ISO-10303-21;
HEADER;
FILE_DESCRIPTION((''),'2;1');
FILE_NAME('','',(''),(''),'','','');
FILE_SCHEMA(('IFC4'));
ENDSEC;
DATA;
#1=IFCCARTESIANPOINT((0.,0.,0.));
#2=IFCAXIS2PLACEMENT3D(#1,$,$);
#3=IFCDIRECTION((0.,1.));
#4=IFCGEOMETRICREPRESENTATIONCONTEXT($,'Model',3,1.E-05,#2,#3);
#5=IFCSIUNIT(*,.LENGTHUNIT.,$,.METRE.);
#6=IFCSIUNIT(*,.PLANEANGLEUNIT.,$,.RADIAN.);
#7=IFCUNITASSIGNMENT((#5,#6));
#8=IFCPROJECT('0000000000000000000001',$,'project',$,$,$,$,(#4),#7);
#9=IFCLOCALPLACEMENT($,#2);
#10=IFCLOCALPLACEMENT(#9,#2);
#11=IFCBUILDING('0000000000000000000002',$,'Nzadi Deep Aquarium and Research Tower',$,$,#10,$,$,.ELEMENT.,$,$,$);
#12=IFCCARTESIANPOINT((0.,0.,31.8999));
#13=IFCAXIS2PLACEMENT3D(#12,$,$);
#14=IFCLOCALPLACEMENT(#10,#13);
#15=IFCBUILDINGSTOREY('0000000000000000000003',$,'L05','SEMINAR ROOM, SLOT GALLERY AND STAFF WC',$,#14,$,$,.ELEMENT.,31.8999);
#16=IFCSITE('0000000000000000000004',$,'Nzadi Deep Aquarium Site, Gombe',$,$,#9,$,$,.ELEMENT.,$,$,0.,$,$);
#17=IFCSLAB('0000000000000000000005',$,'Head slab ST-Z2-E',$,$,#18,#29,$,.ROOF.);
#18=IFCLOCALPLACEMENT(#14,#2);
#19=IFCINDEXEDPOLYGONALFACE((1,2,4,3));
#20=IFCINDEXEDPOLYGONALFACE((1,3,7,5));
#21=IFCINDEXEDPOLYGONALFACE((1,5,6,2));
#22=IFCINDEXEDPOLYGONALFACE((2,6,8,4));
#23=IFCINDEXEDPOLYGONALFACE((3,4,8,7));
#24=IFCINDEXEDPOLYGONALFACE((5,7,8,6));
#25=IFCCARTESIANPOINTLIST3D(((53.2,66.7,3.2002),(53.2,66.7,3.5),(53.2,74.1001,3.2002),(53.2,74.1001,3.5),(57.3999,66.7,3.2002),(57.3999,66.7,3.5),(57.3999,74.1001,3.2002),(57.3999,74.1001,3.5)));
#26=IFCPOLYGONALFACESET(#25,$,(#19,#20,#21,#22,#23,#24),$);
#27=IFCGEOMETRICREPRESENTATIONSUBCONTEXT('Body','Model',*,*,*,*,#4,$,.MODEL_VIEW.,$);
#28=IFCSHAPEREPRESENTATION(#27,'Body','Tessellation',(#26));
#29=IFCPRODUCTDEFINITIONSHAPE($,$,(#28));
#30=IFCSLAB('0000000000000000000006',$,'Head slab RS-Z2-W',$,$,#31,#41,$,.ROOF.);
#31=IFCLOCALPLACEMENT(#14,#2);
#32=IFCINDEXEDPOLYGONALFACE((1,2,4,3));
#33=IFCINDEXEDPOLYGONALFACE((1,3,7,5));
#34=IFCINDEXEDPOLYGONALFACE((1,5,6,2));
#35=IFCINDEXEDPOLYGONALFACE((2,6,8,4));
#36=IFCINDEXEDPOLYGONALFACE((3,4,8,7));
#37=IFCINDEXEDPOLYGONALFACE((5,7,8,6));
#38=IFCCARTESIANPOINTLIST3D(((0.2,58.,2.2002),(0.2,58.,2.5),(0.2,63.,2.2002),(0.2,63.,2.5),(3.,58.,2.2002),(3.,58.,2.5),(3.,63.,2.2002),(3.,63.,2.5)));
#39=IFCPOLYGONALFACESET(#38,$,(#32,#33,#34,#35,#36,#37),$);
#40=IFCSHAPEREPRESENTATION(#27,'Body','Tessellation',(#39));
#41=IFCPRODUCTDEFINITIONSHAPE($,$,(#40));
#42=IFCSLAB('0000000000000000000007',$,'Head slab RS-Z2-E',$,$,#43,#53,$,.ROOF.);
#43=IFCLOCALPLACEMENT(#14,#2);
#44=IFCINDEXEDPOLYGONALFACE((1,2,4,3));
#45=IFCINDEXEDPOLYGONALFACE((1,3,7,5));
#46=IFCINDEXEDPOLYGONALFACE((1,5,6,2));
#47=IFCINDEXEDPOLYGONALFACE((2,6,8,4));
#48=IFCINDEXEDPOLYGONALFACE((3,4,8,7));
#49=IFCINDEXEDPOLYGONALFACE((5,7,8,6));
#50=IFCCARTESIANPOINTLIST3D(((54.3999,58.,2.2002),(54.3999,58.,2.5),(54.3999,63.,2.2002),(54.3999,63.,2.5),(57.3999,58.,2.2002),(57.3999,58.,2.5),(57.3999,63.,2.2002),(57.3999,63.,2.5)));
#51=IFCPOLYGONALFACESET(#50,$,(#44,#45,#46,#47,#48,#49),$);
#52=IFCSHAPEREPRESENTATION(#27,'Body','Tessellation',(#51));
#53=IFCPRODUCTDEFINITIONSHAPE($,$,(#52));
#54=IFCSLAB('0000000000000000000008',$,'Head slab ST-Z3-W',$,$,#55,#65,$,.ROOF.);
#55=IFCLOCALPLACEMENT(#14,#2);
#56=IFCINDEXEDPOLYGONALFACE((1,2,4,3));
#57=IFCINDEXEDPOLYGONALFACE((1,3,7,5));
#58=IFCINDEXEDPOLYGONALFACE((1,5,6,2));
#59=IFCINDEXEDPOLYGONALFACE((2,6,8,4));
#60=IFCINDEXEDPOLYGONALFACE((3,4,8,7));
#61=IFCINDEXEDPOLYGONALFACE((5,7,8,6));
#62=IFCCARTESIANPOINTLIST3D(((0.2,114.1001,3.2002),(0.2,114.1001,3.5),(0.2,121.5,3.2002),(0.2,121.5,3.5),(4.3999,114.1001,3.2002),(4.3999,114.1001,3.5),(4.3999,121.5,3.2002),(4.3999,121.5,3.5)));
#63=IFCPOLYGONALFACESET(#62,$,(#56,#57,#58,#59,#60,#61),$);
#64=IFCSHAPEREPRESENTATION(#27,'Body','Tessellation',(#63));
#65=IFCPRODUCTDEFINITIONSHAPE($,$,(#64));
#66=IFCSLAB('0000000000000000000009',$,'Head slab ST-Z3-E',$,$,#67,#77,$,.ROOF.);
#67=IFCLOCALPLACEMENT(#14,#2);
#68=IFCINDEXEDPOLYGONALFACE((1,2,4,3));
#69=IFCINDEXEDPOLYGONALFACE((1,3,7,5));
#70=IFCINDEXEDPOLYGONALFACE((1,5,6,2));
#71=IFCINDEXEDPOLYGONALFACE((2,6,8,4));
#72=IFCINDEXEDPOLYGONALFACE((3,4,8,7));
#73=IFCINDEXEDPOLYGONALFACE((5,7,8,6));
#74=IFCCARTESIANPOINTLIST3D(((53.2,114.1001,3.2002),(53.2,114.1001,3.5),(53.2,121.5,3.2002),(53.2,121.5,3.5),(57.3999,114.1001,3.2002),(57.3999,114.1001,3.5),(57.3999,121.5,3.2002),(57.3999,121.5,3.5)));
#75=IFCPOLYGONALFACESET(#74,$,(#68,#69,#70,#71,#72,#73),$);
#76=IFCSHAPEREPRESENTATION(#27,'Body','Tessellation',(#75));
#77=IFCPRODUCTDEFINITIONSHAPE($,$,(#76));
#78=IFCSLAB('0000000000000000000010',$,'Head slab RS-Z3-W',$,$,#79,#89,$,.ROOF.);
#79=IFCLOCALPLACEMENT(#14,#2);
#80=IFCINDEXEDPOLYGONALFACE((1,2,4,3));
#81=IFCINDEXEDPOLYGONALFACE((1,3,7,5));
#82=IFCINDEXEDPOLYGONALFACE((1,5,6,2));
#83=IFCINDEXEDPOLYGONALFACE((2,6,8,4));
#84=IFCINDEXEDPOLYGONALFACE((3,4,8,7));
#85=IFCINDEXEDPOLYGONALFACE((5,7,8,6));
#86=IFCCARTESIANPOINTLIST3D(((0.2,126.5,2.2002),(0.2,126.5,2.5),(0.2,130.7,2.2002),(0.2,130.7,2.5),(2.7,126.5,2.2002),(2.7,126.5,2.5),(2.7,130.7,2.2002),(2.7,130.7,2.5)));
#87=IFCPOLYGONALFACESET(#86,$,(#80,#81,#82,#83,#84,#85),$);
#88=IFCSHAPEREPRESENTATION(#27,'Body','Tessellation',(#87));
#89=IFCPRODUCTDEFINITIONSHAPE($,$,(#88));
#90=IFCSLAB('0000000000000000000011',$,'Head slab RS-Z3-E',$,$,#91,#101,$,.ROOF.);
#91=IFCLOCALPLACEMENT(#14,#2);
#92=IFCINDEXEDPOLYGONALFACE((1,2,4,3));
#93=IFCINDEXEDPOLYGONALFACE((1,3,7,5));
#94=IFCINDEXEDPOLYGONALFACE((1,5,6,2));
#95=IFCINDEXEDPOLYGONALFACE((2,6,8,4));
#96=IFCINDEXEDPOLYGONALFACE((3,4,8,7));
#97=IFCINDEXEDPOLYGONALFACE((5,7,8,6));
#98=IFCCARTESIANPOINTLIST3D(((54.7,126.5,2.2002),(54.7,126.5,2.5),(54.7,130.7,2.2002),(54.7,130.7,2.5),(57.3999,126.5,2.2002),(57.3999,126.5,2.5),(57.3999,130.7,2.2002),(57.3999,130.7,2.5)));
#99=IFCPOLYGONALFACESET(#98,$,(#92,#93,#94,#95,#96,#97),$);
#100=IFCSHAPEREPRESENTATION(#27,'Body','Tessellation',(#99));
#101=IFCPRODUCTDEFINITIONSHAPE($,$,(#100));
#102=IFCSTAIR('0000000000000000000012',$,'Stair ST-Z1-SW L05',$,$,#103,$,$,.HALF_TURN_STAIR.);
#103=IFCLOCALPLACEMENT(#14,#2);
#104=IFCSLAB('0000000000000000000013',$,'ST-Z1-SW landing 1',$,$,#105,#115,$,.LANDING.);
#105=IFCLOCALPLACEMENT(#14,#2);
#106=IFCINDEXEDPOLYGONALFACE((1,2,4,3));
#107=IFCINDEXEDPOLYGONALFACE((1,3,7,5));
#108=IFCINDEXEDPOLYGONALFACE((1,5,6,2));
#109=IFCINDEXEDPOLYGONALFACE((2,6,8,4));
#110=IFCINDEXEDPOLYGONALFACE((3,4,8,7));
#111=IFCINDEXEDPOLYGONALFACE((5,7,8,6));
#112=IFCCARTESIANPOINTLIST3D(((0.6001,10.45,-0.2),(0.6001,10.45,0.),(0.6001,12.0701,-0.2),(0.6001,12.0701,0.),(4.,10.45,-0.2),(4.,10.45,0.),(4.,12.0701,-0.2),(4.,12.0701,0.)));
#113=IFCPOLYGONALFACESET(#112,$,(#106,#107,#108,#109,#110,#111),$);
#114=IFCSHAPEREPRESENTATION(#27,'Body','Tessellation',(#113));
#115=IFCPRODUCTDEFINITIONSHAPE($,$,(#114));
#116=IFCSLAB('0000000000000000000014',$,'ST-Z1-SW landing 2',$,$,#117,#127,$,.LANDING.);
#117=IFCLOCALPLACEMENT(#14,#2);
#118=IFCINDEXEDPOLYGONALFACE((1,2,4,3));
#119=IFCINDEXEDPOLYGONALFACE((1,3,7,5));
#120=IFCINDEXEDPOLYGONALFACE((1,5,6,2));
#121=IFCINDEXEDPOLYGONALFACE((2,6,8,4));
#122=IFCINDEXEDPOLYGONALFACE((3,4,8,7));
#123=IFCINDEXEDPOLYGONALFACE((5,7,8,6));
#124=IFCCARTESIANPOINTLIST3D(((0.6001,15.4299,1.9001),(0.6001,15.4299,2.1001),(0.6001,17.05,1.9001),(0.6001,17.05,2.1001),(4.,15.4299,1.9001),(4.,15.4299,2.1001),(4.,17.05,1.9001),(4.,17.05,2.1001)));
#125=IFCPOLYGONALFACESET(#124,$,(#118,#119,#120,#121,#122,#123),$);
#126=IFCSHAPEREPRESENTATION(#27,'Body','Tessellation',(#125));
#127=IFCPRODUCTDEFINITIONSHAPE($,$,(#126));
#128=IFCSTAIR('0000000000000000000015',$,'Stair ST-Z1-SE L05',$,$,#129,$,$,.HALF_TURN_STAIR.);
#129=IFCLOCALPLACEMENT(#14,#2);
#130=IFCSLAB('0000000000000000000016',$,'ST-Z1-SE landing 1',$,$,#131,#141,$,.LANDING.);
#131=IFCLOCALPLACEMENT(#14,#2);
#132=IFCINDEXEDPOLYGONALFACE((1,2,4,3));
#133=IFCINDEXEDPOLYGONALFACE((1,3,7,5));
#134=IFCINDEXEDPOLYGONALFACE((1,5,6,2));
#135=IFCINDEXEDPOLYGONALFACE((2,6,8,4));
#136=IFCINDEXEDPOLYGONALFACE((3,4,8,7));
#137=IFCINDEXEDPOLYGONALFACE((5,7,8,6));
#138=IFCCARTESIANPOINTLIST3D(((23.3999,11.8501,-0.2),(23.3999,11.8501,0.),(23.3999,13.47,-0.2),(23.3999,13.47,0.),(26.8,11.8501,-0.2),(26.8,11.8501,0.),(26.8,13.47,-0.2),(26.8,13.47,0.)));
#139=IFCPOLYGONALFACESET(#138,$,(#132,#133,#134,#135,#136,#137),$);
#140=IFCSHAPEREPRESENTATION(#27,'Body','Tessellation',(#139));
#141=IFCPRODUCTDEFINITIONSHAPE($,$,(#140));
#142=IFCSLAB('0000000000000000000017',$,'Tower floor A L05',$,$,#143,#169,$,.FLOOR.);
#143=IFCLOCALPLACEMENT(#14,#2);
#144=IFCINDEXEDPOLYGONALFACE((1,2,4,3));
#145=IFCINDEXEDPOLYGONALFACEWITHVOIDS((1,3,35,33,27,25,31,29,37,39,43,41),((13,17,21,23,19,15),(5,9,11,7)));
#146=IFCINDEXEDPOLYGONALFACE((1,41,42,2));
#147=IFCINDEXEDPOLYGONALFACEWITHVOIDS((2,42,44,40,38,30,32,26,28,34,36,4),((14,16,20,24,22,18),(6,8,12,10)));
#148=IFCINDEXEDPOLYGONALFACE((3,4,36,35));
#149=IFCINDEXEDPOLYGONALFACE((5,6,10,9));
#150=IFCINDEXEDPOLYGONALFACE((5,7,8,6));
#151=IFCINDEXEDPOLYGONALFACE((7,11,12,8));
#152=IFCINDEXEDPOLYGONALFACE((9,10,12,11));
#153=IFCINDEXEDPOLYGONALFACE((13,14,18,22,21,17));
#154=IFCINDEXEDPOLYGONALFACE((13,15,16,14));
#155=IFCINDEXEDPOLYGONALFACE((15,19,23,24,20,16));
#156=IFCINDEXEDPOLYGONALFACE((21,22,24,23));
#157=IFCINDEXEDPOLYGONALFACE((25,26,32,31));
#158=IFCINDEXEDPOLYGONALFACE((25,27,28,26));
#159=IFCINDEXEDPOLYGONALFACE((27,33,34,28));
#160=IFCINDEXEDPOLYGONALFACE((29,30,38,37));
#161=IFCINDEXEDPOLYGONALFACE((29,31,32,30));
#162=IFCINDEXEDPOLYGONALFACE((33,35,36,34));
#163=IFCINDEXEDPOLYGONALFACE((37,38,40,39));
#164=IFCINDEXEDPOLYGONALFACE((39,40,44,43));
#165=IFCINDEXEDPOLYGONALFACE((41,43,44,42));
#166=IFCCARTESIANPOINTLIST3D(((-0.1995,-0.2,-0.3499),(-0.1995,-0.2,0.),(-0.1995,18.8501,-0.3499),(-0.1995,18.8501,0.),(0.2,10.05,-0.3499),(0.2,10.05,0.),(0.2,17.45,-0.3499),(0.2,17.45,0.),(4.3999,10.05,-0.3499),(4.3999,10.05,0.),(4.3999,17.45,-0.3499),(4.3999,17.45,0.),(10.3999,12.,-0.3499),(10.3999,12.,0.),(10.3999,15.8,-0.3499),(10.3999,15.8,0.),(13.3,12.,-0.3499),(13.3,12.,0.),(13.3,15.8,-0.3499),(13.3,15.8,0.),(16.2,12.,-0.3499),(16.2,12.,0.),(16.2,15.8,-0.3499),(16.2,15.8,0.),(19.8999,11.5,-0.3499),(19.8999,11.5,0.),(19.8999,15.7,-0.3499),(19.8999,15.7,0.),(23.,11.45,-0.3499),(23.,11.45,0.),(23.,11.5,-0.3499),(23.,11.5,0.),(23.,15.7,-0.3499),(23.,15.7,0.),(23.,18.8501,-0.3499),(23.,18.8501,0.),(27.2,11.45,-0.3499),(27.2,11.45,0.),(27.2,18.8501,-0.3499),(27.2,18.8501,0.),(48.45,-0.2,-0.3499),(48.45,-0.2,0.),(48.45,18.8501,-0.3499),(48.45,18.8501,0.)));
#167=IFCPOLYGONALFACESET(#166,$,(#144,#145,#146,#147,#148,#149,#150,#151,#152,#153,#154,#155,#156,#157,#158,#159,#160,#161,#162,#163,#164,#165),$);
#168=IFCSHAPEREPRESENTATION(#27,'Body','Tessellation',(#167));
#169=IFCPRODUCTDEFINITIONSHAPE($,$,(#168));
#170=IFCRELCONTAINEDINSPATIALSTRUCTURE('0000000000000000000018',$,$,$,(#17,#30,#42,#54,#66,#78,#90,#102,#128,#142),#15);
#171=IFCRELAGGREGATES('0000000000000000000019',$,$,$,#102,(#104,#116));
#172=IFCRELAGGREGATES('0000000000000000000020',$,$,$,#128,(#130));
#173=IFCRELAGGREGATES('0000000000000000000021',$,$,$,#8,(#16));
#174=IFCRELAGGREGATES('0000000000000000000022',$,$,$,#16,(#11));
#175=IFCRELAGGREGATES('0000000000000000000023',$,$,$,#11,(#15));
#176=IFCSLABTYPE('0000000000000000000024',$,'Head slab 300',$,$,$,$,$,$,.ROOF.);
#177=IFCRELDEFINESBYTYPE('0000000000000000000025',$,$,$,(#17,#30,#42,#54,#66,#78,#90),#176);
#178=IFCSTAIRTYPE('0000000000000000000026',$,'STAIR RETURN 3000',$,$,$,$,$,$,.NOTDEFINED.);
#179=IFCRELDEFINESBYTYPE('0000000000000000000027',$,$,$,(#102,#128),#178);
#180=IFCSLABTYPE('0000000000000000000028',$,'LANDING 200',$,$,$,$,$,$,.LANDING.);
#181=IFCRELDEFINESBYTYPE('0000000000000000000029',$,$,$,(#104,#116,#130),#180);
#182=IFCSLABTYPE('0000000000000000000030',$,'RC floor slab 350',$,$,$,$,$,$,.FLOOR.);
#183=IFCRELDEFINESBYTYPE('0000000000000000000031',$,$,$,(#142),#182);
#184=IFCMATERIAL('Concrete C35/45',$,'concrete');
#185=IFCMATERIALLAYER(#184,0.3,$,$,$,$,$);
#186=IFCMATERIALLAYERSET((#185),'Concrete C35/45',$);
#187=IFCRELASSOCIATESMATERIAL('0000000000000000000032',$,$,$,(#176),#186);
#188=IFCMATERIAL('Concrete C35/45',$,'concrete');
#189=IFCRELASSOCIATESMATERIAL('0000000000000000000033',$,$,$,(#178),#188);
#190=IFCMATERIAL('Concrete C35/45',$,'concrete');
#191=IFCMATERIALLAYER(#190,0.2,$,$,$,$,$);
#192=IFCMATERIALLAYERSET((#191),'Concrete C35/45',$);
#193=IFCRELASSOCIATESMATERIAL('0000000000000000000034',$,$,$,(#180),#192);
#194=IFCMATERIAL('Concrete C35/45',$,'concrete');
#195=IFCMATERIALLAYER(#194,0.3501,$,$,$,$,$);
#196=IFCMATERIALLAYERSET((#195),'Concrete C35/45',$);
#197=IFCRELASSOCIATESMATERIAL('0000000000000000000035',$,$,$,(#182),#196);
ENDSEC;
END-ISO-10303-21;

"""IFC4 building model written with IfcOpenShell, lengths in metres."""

from ifc_helpers import new_model, si_unit, direction, frame, origin, place, context, subcontext, project, spatial, polyline, outline, extrude, material, layer, layer_set, type_object, element, aggregate, save


model = new_model("IFC4")

# Units and contexts
model_context = context("Model", 3, precision=1e-05, world=origin(), true_north=direction((0.0, 1.0)))
body_context = subcontext(model_context, "Body", "Model", "MODEL_VIEW")
ifc_project = project(units=[si_unit("LENGTHUNIT", "METRE"), si_unit("PLANEANGLEUNIT", "RADIAN")], contexts=[model_context])

# Site, building, storey
site_placement = place(None, origin())
site = spatial("IfcSite", under=ifc_project, at=site_placement, Name="Nzadi Deep Aquarium Site, Gombe", CompositionType="ELEMENT", RefElevation=0.0)
building_placement = place(site_placement, origin())
building = spatial("IfcBuilding", under=site, at=building_placement, Name="Nzadi Deep Aquarium and Research Tower", CompositionType="ELEMENT")
storey_placement = place(building_placement, frame((0.0, 0.0, 31.8999)))
storey = spatial("IfcBuildingStorey", under=building, at=storey_placement, Name="L05", Description="SEMINAR ROOM, SLOT GALLERY AND STAFF WC", CompositionType="ELEMENT", Elevation=31.8999)

# Slabs
ifc_material_1 = material(Name="Concrete C35/45", Category="concrete")
ifc_layer_1 = layer(ifc_material_1, 0.3)
ifc_layer_set_1 = layer_set([ifc_layer_1], Name="Concrete C35/45")
slab_type_1 = type_object("IfcSlabType", Name="Head slab 300", PredefinedType="ROOF", material=ifc_layer_set_1)
slab_1_placement = place(storey_placement, frame((0.0, 0.0, 3.2002)))
element("IfcSlab", 1, at=slab_1_placement, inside=storey, type_object=slab_type_1, Name="Head slab ST-Z2-E", PredefinedType="ROOF", context=body_context, shape_type="SweptSolid", body=[
    extrude(outline(polyline([(57.3999, 66.7), (57.3999, 74.1001), (53.2, 74.1001), (53.2, 66.7), (57.3999, 66.7)])), origin(), (0.0, 0.0, 1.0), 0.2998),
])
slab_2_placement = place(storey_placement, frame((0.0, 0.0, 2.2002)))
element("IfcSlab", 2, at=slab_2_placement, inside=storey, type_object=slab_type_1, Name="Head slab RS-Z2-W", PredefinedType="ROOF", context=body_context, shape_type="SweptSolid", body=[
    extrude(outline(polyline([(3.0, 58.0), (3.0, 63.0), (0.2, 63.0), (0.2, 58.0), (3.0, 58.0)])), origin(), (0.0, 0.0, 1.0), 0.2998),
])
slab_3_placement = place(storey_placement, frame((0.0, 0.0, 2.2002)))
element("IfcSlab", 3, at=slab_3_placement, inside=storey, type_object=slab_type_1, Name="Head slab RS-Z2-E", PredefinedType="ROOF", context=body_context, shape_type="SweptSolid", body=[
    extrude(outline(polyline([(57.3999, 58.0), (57.3999, 63.0), (54.3999, 63.0), (54.3999, 58.0), (57.3999, 58.0)])), origin(), (0.0, 0.0, 1.0), 0.2998),
])
slab_4_placement = place(storey_placement, frame((0.0, 0.0, 3.2002)))
element("IfcSlab", 4, at=slab_4_placement, inside=storey, type_object=slab_type_1, Name="Head slab ST-Z3-W", PredefinedType="ROOF", context=body_context, shape_type="SweptSolid", body=[
    extrude(outline(polyline([(4.3999, 114.1001), (4.3999, 121.5), (0.2, 121.5), (0.2, 114.1001), (4.3999, 114.1001)])), origin(), (0.0, 0.0, 1.0), 0.2998),
])
slab_5_placement = place(storey_placement, frame((0.0, 0.0, 3.2002)))
element("IfcSlab", 5, at=slab_5_placement, inside=storey, type_object=slab_type_1, Name="Head slab ST-Z3-E", PredefinedType="ROOF", context=body_context, shape_type="SweptSolid", body=[
    extrude(outline(polyline([(57.3999, 114.1001), (57.3999, 121.5), (53.2, 121.5), (53.2, 114.1001), (57.3999, 114.1001)])), origin(), (0.0, 0.0, 1.0), 0.2998),
])
slab_6_placement = place(storey_placement, frame((0.0, 0.0, 2.2002)))
element("IfcSlab", 6, at=slab_6_placement, inside=storey, type_object=slab_type_1, Name="Head slab RS-Z3-W", PredefinedType="ROOF", context=body_context, shape_type="SweptSolid", body=[
    extrude(outline(polyline([(2.7, 126.5), (2.7, 130.7), (0.2, 130.7), (0.2, 126.5), (2.7, 126.5)])), origin(), (0.0, 0.0, 1.0), 0.2998),
])
slab_7_placement = place(storey_placement, frame((0.0, 0.0, 2.2002)))
element("IfcSlab", 7, at=slab_7_placement, inside=storey, type_object=slab_type_1, Name="Head slab RS-Z3-E", PredefinedType="ROOF", context=body_context, shape_type="SweptSolid", body=[
    extrude(outline(polyline([(57.3999, 126.5), (57.3999, 130.7), (54.7, 130.7), (54.7, 126.5), (57.3999, 126.5)])), origin(), (0.0, 0.0, 1.0), 0.2998),
])

# Stair, slabs
ifc_material_2 = material(Name="Concrete C35/45", Category="concrete")
stair_type = type_object("IfcStairType", Name="STAIR RETURN 3000", PredefinedType="NOTDEFINED", material=ifc_material_2)
stair_1_placement = place(storey_placement, origin())
stair_1 = element("IfcStair", 8, at=stair_1_placement, inside=storey, type_object=stair_type, Name="Stair ST-Z1-SW L05", PredefinedType="HALF_TURN_STAIR")
ifc_material_3 = material(Name="Concrete C35/45", Category="concrete")
ifc_layer_2 = layer(ifc_material_3, 0.2)
ifc_layer_set_2 = layer_set([ifc_layer_2], Name="Concrete C35/45")
slab_type_2 = type_object("IfcSlabType", Name="LANDING 200", PredefinedType="LANDING", material=ifc_layer_set_2)
slab_8_placement = place(storey_placement, frame((0.0, 0.0, -0.2)))
slab_8 = element("IfcSlab", 9, at=slab_8_placement, type_object=slab_type_2, Name="ST-Z1-SW landing 1", PredefinedType="LANDING", context=body_context, shape_type="SweptSolid", body=[
    extrude(outline(polyline([(0.6001, 10.45), (4.0, 10.45), (4.0, 12.0701), (0.6001, 12.0701), (0.6001, 10.45)])), origin(), (0.0, 0.0, 1.0), 0.2),
])
slab_9_placement = place(storey_placement, frame((0.0, 0.0, 1.9001)))
slab_9 = element("IfcSlab", 10, at=slab_9_placement, type_object=slab_type_2, Name="ST-Z1-SW landing 2", PredefinedType="LANDING", context=body_context, shape_type="SweptSolid", body=[
    extrude(outline(polyline([(0.6001, 15.4299), (4.0, 15.4299), (4.0, 17.05), (0.6001, 17.05), (0.6001, 15.4299)])), origin(), (0.0, 0.0, 1.0), 0.2),
])
aggregate(stair_1, [slab_8, slab_9])

# Stair, slab
stair_2_placement = place(storey_placement, origin())
stair_2 = element("IfcStair", 11, at=stair_2_placement, inside=storey, type_object=stair_type, Name="Stair ST-Z1-SE L05", PredefinedType="HALF_TURN_STAIR")
slab_10_placement = place(storey_placement, frame((0.0, 0.0, -0.2)))
slab_10 = element("IfcSlab", 12, at=slab_10_placement, type_object=slab_type_2, Name="ST-Z1-SE landing 1", PredefinedType="LANDING", context=body_context, shape_type="SweptSolid", body=[
    extrude(outline(polyline([(23.3999, 11.8501), (26.8, 11.8501), (26.8, 13.47), (23.3999, 13.47), (23.3999, 11.8501)])), origin(), (0.0, 0.0, 1.0), 0.2),
])
aggregate(stair_2, [slab_10])

# Slab
ifc_material_4 = material(Name="Concrete C35/45", Category="concrete")
ifc_layer_3 = layer(ifc_material_4, 0.3501)
ifc_layer_set_3 = layer_set([ifc_layer_3], Name="Concrete C35/45")
slab_type_3 = type_object("IfcSlabType", Name="RC floor slab 350", PredefinedType="FLOOR", material=ifc_layer_set_3)
slab_11_placement = place(storey_placement, frame((0.0, 0.0, -0.3499)))
element("IfcSlab", 13, at=slab_11_placement, inside=storey, type_object=slab_type_3, Name="Tower floor A L05", PredefinedType="FLOOR", context=body_context, shape_type="SweptSolid", body=[
    extrude(outline(polyline([(27.2, 11.45), (23.0, 11.45), (23.0, 11.5), (19.8999, 11.5), (19.8999, 15.7), (23.0, 15.7), (23.0, 18.8501), (-0.1995, 18.8501), (-0.1995, -0.2), (48.45, -0.2), (48.45, 18.8501), (27.2, 18.8501), (27.2, 11.45)]), holes=[polyline([(4.3999, 17.45), (4.3999, 10.05), (0.2, 10.05), (0.2, 17.45), (4.3999, 17.45)]), polyline([(10.3999, 12.0), (10.3999, 15.8), (13.3, 15.8), (16.2, 15.8), (16.2, 12.0), (13.3, 12.0), (10.3999, 12.0)])]), origin(), (0.0, 0.0, 1.0), 0.3499),
])

save(model, "model.ifc")
